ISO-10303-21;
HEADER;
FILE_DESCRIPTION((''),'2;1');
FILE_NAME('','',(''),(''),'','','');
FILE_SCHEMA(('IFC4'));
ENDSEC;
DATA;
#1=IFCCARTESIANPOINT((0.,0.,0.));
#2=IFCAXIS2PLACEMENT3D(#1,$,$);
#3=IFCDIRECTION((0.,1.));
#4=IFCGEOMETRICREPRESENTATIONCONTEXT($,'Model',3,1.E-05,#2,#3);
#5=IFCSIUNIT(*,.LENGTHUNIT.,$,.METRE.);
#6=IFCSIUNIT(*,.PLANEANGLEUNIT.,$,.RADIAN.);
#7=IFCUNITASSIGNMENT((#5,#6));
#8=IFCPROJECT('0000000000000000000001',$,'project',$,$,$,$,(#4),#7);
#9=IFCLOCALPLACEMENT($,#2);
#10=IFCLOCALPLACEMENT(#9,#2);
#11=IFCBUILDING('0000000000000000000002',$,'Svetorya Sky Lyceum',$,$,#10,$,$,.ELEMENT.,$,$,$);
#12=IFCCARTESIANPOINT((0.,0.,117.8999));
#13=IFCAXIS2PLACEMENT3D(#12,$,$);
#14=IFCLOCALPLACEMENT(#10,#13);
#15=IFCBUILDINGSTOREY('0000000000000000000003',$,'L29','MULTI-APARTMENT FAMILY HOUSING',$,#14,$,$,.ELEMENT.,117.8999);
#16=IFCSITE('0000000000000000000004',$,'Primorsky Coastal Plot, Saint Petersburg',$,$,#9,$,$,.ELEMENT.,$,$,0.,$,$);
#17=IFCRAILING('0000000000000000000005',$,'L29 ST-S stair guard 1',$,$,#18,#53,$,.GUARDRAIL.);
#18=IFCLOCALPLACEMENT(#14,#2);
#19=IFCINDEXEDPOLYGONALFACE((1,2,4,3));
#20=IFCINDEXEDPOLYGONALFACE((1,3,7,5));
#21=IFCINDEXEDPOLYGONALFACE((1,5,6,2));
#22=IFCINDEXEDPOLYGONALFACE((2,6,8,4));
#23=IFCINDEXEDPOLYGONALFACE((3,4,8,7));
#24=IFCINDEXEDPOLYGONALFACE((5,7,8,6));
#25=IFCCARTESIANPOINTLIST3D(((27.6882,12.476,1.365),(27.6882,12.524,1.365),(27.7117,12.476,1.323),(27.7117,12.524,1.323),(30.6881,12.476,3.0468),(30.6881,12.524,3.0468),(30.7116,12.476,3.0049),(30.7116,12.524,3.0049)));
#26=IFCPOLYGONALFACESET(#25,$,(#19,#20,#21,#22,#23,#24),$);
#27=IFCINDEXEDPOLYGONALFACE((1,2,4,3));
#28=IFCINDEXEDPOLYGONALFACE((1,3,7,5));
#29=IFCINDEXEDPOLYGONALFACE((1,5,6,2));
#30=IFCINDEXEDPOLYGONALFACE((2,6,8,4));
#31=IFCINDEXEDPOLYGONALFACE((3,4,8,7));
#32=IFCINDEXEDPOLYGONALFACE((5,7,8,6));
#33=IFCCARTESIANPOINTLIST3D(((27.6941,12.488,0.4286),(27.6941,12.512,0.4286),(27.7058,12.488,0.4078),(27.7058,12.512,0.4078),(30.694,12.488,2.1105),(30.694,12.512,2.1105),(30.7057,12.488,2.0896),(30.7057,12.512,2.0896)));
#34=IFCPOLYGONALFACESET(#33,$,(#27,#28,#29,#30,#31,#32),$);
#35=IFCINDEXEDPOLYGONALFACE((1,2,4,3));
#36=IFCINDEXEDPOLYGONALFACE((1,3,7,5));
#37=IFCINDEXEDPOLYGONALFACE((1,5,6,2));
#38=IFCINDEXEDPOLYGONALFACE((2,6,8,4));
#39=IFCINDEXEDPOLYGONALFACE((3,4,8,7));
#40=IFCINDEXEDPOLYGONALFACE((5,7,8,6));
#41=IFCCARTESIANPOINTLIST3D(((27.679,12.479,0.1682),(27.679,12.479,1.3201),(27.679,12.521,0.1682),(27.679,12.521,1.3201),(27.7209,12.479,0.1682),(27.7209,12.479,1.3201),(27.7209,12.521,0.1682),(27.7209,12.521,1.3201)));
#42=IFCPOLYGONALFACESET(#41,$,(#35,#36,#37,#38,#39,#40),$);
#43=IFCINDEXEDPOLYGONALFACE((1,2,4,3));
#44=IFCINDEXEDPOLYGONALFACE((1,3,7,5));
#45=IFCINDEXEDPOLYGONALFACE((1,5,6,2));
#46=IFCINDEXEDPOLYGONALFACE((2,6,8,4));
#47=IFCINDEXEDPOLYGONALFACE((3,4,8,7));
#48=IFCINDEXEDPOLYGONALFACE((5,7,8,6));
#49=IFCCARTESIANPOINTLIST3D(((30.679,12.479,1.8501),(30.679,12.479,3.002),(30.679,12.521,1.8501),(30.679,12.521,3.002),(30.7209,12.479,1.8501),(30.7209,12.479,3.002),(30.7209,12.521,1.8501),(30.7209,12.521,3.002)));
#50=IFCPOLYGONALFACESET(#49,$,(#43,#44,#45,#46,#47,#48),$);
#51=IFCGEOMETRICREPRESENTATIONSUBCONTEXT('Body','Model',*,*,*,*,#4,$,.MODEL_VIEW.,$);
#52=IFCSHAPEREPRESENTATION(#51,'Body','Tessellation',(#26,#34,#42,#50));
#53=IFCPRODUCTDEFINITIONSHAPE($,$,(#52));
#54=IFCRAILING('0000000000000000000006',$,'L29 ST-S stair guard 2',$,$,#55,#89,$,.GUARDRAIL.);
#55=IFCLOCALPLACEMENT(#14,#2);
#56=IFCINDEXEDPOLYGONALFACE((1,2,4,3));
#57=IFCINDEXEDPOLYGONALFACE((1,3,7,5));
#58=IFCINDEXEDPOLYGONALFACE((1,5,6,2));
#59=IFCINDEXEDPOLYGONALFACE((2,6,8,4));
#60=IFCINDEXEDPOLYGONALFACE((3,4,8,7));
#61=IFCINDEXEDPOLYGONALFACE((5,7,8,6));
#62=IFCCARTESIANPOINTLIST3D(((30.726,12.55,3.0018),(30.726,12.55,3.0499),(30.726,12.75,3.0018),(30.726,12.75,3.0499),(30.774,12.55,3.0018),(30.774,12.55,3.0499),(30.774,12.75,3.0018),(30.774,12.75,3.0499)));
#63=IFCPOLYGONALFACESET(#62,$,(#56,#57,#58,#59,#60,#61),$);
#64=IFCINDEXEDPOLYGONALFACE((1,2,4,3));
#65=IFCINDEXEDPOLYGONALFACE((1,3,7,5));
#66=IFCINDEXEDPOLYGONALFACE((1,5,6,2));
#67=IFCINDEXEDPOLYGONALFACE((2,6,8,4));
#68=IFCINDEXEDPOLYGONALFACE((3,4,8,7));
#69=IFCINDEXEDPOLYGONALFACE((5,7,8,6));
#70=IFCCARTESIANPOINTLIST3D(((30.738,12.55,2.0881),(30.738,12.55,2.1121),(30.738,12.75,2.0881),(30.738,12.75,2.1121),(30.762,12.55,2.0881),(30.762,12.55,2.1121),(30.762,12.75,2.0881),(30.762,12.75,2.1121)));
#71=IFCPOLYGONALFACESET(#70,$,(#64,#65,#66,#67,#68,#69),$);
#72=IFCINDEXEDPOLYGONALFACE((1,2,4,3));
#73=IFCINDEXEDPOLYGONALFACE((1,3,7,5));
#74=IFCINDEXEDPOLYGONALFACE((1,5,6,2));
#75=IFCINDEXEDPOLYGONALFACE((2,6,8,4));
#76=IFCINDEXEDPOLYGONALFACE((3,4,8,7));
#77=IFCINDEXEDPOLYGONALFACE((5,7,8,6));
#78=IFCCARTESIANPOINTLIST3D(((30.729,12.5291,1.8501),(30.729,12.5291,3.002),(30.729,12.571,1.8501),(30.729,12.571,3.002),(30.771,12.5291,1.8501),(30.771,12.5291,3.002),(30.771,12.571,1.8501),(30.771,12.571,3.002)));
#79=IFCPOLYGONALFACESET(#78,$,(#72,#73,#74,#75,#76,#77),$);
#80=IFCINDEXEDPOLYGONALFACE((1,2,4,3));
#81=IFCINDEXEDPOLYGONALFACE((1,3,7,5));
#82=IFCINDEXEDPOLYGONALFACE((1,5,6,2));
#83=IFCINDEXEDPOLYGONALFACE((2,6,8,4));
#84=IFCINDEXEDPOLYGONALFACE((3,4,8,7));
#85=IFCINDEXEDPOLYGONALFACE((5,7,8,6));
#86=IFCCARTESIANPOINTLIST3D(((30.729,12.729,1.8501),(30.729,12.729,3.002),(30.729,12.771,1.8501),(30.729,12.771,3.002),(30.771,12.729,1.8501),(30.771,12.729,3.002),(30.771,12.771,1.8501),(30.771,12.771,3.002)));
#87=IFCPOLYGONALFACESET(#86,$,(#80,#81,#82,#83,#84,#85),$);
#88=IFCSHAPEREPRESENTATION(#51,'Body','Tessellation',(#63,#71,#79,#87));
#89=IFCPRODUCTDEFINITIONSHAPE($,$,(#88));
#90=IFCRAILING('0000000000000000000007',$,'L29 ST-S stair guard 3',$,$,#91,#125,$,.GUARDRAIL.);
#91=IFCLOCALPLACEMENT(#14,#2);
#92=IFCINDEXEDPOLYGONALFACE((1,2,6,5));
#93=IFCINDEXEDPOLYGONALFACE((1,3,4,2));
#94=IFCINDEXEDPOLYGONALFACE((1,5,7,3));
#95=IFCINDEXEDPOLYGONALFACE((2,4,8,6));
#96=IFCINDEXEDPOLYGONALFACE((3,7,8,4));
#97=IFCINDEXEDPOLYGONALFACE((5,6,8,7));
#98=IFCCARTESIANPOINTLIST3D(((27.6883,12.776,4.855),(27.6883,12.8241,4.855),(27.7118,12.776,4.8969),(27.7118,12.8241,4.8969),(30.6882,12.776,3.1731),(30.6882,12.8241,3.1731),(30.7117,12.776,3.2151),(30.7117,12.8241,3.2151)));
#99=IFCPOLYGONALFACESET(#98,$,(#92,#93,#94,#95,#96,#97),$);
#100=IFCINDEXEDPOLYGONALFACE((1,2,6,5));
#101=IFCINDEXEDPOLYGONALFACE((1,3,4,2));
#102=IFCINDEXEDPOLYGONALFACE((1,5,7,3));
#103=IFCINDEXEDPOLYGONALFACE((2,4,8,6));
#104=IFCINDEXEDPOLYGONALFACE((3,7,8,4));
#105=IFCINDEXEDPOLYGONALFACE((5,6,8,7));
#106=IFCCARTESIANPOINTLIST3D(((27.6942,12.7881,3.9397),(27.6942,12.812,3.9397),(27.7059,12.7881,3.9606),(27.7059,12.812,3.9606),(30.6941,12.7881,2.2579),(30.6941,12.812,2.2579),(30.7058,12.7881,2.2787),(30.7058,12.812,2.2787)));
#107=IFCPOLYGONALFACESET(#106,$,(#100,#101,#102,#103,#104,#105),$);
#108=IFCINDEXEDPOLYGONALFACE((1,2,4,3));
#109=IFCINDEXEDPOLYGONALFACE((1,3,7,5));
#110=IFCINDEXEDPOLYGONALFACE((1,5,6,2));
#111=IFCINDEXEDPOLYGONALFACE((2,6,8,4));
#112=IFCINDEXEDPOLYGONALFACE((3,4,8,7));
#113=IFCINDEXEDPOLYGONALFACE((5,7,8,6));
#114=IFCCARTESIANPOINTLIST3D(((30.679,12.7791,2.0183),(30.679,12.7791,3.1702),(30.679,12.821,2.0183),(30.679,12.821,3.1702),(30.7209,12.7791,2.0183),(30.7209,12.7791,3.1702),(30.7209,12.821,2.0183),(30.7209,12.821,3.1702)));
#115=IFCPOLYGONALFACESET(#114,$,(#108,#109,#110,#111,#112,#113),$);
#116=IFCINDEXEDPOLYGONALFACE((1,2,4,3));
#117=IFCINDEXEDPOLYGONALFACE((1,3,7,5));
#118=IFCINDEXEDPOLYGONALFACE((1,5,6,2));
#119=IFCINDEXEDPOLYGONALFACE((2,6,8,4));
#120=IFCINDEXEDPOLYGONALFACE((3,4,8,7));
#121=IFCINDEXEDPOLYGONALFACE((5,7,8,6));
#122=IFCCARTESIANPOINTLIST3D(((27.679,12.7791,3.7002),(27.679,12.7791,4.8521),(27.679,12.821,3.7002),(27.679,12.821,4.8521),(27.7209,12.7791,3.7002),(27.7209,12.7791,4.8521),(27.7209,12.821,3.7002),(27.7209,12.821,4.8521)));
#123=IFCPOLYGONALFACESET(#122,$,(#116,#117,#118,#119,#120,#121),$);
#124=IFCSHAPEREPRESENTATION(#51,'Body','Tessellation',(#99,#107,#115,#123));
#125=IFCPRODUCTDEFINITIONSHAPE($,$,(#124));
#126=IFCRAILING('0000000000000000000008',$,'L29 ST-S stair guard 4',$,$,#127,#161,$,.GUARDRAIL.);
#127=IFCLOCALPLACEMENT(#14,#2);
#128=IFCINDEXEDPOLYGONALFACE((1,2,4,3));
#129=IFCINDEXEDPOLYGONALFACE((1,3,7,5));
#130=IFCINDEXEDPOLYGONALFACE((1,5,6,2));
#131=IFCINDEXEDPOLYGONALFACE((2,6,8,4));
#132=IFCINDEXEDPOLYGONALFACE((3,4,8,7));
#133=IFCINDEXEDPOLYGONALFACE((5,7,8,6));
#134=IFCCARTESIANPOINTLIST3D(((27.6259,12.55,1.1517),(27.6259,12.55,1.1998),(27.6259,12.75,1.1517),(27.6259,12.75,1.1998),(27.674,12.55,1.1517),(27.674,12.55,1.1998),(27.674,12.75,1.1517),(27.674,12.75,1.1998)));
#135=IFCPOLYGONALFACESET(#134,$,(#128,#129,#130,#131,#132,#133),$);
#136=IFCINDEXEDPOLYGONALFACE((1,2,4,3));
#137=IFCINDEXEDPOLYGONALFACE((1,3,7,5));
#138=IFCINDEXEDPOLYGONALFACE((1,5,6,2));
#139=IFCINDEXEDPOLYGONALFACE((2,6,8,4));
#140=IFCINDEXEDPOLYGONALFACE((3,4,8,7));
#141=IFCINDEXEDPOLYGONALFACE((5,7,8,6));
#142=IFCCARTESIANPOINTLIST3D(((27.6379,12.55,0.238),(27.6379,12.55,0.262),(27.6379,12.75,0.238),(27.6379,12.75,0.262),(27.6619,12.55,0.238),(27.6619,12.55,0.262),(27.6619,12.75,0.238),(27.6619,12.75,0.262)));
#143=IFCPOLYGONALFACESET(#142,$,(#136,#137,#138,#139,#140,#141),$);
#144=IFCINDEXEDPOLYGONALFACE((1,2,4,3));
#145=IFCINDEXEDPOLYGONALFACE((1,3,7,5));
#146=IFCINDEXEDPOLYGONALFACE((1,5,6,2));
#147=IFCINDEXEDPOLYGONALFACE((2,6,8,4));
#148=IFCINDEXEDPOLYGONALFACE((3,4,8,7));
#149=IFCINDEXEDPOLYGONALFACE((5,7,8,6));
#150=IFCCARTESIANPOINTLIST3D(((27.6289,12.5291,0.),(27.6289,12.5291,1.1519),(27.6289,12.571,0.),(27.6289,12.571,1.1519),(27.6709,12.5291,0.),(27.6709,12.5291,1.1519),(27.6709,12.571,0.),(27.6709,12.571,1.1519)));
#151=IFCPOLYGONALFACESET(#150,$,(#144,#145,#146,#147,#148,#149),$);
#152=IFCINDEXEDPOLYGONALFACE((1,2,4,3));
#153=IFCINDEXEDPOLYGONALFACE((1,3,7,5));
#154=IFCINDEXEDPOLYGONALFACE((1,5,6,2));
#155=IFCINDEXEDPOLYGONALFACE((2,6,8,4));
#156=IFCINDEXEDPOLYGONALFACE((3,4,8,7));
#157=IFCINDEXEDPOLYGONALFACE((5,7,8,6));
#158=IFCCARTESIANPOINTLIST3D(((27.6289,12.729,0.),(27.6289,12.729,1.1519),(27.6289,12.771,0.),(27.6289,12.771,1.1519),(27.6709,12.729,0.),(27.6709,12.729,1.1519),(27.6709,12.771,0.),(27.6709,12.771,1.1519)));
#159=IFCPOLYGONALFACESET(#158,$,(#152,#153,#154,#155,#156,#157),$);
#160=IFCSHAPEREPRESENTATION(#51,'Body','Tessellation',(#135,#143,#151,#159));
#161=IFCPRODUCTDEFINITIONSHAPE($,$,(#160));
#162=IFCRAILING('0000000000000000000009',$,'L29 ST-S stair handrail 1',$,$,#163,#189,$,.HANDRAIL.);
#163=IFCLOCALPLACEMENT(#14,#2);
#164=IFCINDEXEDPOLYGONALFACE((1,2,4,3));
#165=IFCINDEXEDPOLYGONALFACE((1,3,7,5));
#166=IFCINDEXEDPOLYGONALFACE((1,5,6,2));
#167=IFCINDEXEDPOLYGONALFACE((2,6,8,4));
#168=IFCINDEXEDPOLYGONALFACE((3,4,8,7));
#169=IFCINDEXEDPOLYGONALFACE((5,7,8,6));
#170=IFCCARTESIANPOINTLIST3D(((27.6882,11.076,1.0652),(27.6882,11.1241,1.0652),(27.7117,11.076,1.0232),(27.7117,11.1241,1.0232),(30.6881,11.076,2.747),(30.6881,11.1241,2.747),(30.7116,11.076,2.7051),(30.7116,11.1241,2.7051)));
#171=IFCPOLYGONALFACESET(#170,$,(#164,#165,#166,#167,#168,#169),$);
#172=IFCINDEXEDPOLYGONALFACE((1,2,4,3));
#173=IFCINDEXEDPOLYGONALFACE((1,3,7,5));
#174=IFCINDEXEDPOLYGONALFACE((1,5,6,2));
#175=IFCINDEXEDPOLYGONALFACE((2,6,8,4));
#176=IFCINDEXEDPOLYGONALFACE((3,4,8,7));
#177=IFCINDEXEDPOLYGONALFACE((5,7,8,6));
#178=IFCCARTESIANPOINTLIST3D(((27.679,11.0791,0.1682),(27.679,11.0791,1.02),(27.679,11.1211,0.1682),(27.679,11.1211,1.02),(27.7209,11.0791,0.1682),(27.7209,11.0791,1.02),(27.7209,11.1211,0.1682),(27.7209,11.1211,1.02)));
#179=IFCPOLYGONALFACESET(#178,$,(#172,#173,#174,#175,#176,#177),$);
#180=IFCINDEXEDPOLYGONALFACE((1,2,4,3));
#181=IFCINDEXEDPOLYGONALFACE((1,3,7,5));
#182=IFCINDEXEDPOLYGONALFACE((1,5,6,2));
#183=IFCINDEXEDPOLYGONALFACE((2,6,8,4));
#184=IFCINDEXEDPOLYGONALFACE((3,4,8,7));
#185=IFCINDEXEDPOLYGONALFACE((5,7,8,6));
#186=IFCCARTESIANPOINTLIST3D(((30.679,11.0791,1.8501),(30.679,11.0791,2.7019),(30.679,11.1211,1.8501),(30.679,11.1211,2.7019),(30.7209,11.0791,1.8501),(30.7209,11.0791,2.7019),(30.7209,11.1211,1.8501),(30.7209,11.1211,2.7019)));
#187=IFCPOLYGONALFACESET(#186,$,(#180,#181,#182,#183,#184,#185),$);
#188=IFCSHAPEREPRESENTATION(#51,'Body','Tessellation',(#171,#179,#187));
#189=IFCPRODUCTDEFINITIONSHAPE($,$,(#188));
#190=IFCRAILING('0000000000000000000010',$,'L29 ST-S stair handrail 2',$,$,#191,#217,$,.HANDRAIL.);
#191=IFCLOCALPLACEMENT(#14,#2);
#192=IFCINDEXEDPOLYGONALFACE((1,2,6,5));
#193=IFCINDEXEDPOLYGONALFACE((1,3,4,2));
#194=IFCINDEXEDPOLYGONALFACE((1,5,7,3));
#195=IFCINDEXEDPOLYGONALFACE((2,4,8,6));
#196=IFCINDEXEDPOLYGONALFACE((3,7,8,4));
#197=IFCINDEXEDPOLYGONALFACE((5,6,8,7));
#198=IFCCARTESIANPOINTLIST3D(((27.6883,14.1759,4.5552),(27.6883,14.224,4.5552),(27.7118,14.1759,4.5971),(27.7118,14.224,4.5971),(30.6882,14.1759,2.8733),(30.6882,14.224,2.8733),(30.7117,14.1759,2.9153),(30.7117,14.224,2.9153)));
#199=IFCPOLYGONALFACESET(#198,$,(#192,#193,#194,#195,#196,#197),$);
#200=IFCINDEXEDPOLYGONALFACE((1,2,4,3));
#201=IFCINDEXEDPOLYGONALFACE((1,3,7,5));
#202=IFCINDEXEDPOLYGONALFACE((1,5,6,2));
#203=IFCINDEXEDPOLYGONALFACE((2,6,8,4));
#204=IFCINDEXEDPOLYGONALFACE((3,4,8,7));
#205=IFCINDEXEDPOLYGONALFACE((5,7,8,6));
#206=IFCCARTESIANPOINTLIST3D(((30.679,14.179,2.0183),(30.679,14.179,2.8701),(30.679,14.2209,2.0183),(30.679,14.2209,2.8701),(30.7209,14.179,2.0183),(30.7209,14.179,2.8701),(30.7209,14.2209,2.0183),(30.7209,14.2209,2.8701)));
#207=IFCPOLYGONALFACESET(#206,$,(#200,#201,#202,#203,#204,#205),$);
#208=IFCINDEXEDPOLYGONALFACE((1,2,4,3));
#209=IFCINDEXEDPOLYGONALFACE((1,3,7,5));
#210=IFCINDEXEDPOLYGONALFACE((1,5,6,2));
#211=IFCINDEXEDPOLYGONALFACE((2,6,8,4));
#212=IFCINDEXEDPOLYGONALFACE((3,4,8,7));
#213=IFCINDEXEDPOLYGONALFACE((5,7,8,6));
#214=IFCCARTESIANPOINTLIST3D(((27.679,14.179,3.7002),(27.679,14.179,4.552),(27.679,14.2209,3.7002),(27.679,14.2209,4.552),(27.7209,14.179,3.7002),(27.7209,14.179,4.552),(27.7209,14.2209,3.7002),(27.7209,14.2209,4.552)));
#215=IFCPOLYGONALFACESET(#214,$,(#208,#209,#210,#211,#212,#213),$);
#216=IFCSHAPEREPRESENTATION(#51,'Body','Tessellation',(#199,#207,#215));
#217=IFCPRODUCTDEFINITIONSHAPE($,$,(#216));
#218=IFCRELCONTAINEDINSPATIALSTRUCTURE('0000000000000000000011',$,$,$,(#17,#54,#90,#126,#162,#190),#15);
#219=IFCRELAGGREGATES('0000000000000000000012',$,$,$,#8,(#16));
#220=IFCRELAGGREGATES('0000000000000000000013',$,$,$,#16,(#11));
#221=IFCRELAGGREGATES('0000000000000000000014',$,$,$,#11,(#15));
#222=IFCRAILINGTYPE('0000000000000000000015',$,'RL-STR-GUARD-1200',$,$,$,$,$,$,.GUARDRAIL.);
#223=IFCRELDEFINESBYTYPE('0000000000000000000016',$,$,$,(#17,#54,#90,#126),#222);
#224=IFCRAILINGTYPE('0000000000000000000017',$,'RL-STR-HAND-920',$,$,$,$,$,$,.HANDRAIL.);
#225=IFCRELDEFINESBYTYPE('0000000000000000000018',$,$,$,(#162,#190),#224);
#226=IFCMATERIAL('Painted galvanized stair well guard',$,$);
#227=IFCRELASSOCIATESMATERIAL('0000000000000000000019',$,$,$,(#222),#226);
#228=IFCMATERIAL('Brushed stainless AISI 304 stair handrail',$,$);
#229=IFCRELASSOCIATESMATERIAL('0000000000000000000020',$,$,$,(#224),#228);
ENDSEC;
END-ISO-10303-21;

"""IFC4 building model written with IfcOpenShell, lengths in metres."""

from ifc_helpers import new_model, si_unit, direction, frame, origin, origin_2d, place, context, subcontext, project, spatial, rectangle, extrude, material, type_object, element, save


model = new_model("IFC4")

# Units and contexts
model_context = context("Model", 3, precision=1e-05, world=origin(), true_north=direction((0.0, 1.0)))
body_context = subcontext(model_context, "Body", "Model", "MODEL_VIEW")
ifc_project = project(units=[si_unit("LENGTHUNIT", "METRE"), si_unit("PLANEANGLEUNIT", "RADIAN")], contexts=[model_context])

# Site, building, storey
site_placement = place(None, origin())
site = spatial("IfcSite", under=ifc_project, at=site_placement, Name="Primorsky Coastal Plot, Saint Petersburg", CompositionType="ELEMENT", RefElevation=0.0)
building_placement = place(site_placement, origin())
building = spatial("IfcBuilding", under=site, at=building_placement, Name="Svetorya Sky Lyceum", CompositionType="ELEMENT")
storey_placement = place(building_placement, frame((0.0, 0.0, 117.8999)))
storey = spatial("IfcBuildingStorey", under=building, at=storey_placement, Name="L29", Description="MULTI-APARTMENT FAMILY HOUSING", CompositionType="ELEMENT", Elevation=117.8999)

# Railings
ifc_material_1 = material(Name="Painted galvanized stair well guard")
railing_type_1 = type_object("IfcRailingType", Name="RL-STR-GUARD-1200", PredefinedType="GUARDRAIL", material=ifc_material_1)
railing_1_placement = place(storey_placement, frame((27.7, 12.5, 0.1682)))
element("IfcRailing", 1, at=railing_1_placement, inside=storey, type_object=railing_type_1, Name="L29 ST-S stair guard 1", PredefinedType="GUARDRAIL", context=body_context, shape_type="SweptSolid", body=[
    extrude(rectangle(XDim=0.0481, YDim=0.0481, at=origin_2d()), frame((0.0, 0.0, 1.1758), z_axis=(0.872272, 0.0, 0.48902), x_axis=(0.0, 1.0, 0.0)), (0.0, 0.0, 1.0), 3.4392),
    extrude(rectangle(XDim=0.0239, YDim=0.0239, at=origin_2d()), frame((0.0, 0.0, 0.25), z_axis=(0.872272, 0.0, 0.48902), x_axis=(0.0, 1.0, 0.0)), (0.0, 0.0, 1.0), 3.4392),
    extrude(rectangle(XDim=0.042, YDim=0.042, at=origin_2d()), origin(), (0.0, 0.0, 1.0), 1.1519),
    extrude(rectangle(XDim=0.042, YDim=0.042, at=origin_2d()), frame((3.0, 0.0, 1.6819)), (0.0, 0.0, 1.0), 1.1519),
])
railing_2_placement = place(storey_placement, frame((30.75, 12.55, 1.8501)))
element("IfcRailing", 2, at=railing_2_placement, inside=storey, type_object=railing_type_1, Name="L29 ST-S stair guard 2", PredefinedType="GUARDRAIL", context=body_context, shape_type="SweptSolid", body=[
    extrude(rectangle(XDim=0.0481, YDim=0.0481, at=origin_2d()), frame((0.0, 0.0, 1.1758), z_axis=(0.0, 1.0, 0.0), x_axis=(-1.0, 0.0, 0.0)), (0.0, 0.0, 1.0), 0.2),
    extrude(rectangle(XDim=0.0239, YDim=0.0239, at=origin_2d()), frame((0.0, 0.0, 0.25), z_axis=(0.0, 1.0, 0.0), x_axis=(-1.0, 0.0, 0.0)), (0.0, 0.0, 1.0), 0.2),
    extrude(rectangle(XDim=0.042, YDim=0.042, at=origin_2d()), origin(), (0.0, 0.0, 1.0), 1.1519),
    extrude(rectangle(XDim=0.042, YDim=0.042, at=origin_2d()), frame((0.0, 0.2, 0.0)), (0.0, 0.0, 1.0), 1.1519),
])
railing_3_placement = place(storey_placement, frame((30.7, 12.8, 2.0183)))
element("IfcRailing", 3, at=railing_3_placement, inside=storey, type_object=railing_type_1, Name="L29 ST-S stair guard 3", PredefinedType="GUARDRAIL", context=body_context, shape_type="SweptSolid", body=[
    extrude(rectangle(XDim=0.0481, YDim=0.0481, at=origin_2d()), frame((0.0, 0.0, 1.1758), z_axis=(-0.872272, 0.0, 0.48902), x_axis=(0.0, -1.0, 0.0)), (0.0, 0.0, 1.0), 3.4392),
    extrude(rectangle(XDim=0.0239, YDim=0.0239, at=origin_2d()), frame((0.0, 0.0, 0.25), z_axis=(-0.872272, 0.0, 0.48902), x_axis=(0.0, -1.0, 0.0)), (0.0, 0.0, 1.0), 3.4392),
    extrude(rectangle(XDim=0.042, YDim=0.042, at=origin_2d()), origin(), (0.0, 0.0, 1.0), 1.1519),
    extrude(rectangle(XDim=0.042, YDim=0.042, at=origin_2d()), frame((-3.0, 0.0, 1.6819)), (0.0, 0.0, 1.0), 1.1519),
])
railing_4_placement = place(storey_placement, frame((27.6499, 12.55, 0.0)))
element("IfcRailing", 4, at=railing_4_placement, inside=storey, type_object=railing_type_1, Name="L29 ST-S stair guard 4", PredefinedType="GUARDRAIL", context=body_context, shape_type="SweptSolid", body=[
    extrude(rectangle(XDim=0.0481, YDim=0.0481, at=origin_2d()), frame((0.0, 0.0, 1.1758), z_axis=(0.0, 1.0, 0.0), x_axis=(-1.0, 0.0, 0.0)), (0.0, 0.0, 1.0), 0.2),
    extrude(rectangle(XDim=0.0239, YDim=0.0239, at=origin_2d()), frame((0.0, 0.0, 0.25), z_axis=(0.0, 1.0, 0.0), x_axis=(-1.0, 0.0, 0.0)), (0.0, 0.0, 1.0), 0.2),
    extrude(rectangle(XDim=0.042, YDim=0.042, at=origin_2d()), origin(), (0.0, 0.0, 1.0), 1.1519),
    extrude(rectangle(XDim=0.042, YDim=0.042, at=origin_2d()), frame((0.0, 0.2, 0.0)), (0.0, 0.0, 1.0), 1.1519),
])
ifc_material_2 = material(Name="Brushed stainless AISI 304 stair handrail")
railing_type_2 = type_object("IfcRailingType", Name="RL-STR-HAND-920", PredefinedType="HANDRAIL", material=ifc_material_2)
railing_5_placement = place(storey_placement, frame((27.7, 11.1001, 0.1682)))
element("IfcRailing", 5, at=railing_5_placement, inside=storey, type_object=railing_type_2, Name="L29 ST-S stair handrail 1", PredefinedType="HANDRAIL", context=body_context, shape_type="SweptSolid", body=[
    extrude(rectangle(XDim=0.0481, YDim=0.0481, at=origin_2d()), frame((0.0, 0.0, 0.876), z_axis=(0.872272, 0.0, 0.48902), x_axis=(0.0, 1.0, 0.0)), (0.0, 0.0, 1.0), 3.4392),
    extrude(rectangle(XDim=0.042, YDim=0.042, at=origin_2d()), origin(), (0.0, 0.0, 1.0), 0.8518),
    extrude(rectangle(XDim=0.042, YDim=0.042, at=origin_2d()), frame((3.0, 0.0, 1.6819)), (0.0, 0.0, 1.0), 0.8518),
])
railing_6_placement = place(storey_placement, frame((30.7, 14.2, 2.0183)))
element("IfcRailing", 6, at=railing_6_placement, inside=storey, type_object=railing_type_2, Name="L29 ST-S stair handrail 2", PredefinedType="HANDRAIL", context=body_context, shape_type="SweptSolid", body=[
    extrude(rectangle(XDim=0.0481, YDim=0.0481, at=origin_2d()), frame((0.0, 0.0, 0.876), z_axis=(-0.872272, 0.0, 0.48902), x_axis=(0.0, -1.0, 0.0)), (0.0, 0.0, 1.0), 3.4392),
    extrude(rectangle(XDim=0.042, YDim=0.042, at=origin_2d()), origin(), (0.0, 0.0, 1.0), 0.8518),
    extrude(rectangle(XDim=0.042, YDim=0.042, at=origin_2d()), frame((-3.0, 0.0, 1.6819)), (0.0, 0.0, 1.0), 0.8518),
])

save(model, "model.ifc")
